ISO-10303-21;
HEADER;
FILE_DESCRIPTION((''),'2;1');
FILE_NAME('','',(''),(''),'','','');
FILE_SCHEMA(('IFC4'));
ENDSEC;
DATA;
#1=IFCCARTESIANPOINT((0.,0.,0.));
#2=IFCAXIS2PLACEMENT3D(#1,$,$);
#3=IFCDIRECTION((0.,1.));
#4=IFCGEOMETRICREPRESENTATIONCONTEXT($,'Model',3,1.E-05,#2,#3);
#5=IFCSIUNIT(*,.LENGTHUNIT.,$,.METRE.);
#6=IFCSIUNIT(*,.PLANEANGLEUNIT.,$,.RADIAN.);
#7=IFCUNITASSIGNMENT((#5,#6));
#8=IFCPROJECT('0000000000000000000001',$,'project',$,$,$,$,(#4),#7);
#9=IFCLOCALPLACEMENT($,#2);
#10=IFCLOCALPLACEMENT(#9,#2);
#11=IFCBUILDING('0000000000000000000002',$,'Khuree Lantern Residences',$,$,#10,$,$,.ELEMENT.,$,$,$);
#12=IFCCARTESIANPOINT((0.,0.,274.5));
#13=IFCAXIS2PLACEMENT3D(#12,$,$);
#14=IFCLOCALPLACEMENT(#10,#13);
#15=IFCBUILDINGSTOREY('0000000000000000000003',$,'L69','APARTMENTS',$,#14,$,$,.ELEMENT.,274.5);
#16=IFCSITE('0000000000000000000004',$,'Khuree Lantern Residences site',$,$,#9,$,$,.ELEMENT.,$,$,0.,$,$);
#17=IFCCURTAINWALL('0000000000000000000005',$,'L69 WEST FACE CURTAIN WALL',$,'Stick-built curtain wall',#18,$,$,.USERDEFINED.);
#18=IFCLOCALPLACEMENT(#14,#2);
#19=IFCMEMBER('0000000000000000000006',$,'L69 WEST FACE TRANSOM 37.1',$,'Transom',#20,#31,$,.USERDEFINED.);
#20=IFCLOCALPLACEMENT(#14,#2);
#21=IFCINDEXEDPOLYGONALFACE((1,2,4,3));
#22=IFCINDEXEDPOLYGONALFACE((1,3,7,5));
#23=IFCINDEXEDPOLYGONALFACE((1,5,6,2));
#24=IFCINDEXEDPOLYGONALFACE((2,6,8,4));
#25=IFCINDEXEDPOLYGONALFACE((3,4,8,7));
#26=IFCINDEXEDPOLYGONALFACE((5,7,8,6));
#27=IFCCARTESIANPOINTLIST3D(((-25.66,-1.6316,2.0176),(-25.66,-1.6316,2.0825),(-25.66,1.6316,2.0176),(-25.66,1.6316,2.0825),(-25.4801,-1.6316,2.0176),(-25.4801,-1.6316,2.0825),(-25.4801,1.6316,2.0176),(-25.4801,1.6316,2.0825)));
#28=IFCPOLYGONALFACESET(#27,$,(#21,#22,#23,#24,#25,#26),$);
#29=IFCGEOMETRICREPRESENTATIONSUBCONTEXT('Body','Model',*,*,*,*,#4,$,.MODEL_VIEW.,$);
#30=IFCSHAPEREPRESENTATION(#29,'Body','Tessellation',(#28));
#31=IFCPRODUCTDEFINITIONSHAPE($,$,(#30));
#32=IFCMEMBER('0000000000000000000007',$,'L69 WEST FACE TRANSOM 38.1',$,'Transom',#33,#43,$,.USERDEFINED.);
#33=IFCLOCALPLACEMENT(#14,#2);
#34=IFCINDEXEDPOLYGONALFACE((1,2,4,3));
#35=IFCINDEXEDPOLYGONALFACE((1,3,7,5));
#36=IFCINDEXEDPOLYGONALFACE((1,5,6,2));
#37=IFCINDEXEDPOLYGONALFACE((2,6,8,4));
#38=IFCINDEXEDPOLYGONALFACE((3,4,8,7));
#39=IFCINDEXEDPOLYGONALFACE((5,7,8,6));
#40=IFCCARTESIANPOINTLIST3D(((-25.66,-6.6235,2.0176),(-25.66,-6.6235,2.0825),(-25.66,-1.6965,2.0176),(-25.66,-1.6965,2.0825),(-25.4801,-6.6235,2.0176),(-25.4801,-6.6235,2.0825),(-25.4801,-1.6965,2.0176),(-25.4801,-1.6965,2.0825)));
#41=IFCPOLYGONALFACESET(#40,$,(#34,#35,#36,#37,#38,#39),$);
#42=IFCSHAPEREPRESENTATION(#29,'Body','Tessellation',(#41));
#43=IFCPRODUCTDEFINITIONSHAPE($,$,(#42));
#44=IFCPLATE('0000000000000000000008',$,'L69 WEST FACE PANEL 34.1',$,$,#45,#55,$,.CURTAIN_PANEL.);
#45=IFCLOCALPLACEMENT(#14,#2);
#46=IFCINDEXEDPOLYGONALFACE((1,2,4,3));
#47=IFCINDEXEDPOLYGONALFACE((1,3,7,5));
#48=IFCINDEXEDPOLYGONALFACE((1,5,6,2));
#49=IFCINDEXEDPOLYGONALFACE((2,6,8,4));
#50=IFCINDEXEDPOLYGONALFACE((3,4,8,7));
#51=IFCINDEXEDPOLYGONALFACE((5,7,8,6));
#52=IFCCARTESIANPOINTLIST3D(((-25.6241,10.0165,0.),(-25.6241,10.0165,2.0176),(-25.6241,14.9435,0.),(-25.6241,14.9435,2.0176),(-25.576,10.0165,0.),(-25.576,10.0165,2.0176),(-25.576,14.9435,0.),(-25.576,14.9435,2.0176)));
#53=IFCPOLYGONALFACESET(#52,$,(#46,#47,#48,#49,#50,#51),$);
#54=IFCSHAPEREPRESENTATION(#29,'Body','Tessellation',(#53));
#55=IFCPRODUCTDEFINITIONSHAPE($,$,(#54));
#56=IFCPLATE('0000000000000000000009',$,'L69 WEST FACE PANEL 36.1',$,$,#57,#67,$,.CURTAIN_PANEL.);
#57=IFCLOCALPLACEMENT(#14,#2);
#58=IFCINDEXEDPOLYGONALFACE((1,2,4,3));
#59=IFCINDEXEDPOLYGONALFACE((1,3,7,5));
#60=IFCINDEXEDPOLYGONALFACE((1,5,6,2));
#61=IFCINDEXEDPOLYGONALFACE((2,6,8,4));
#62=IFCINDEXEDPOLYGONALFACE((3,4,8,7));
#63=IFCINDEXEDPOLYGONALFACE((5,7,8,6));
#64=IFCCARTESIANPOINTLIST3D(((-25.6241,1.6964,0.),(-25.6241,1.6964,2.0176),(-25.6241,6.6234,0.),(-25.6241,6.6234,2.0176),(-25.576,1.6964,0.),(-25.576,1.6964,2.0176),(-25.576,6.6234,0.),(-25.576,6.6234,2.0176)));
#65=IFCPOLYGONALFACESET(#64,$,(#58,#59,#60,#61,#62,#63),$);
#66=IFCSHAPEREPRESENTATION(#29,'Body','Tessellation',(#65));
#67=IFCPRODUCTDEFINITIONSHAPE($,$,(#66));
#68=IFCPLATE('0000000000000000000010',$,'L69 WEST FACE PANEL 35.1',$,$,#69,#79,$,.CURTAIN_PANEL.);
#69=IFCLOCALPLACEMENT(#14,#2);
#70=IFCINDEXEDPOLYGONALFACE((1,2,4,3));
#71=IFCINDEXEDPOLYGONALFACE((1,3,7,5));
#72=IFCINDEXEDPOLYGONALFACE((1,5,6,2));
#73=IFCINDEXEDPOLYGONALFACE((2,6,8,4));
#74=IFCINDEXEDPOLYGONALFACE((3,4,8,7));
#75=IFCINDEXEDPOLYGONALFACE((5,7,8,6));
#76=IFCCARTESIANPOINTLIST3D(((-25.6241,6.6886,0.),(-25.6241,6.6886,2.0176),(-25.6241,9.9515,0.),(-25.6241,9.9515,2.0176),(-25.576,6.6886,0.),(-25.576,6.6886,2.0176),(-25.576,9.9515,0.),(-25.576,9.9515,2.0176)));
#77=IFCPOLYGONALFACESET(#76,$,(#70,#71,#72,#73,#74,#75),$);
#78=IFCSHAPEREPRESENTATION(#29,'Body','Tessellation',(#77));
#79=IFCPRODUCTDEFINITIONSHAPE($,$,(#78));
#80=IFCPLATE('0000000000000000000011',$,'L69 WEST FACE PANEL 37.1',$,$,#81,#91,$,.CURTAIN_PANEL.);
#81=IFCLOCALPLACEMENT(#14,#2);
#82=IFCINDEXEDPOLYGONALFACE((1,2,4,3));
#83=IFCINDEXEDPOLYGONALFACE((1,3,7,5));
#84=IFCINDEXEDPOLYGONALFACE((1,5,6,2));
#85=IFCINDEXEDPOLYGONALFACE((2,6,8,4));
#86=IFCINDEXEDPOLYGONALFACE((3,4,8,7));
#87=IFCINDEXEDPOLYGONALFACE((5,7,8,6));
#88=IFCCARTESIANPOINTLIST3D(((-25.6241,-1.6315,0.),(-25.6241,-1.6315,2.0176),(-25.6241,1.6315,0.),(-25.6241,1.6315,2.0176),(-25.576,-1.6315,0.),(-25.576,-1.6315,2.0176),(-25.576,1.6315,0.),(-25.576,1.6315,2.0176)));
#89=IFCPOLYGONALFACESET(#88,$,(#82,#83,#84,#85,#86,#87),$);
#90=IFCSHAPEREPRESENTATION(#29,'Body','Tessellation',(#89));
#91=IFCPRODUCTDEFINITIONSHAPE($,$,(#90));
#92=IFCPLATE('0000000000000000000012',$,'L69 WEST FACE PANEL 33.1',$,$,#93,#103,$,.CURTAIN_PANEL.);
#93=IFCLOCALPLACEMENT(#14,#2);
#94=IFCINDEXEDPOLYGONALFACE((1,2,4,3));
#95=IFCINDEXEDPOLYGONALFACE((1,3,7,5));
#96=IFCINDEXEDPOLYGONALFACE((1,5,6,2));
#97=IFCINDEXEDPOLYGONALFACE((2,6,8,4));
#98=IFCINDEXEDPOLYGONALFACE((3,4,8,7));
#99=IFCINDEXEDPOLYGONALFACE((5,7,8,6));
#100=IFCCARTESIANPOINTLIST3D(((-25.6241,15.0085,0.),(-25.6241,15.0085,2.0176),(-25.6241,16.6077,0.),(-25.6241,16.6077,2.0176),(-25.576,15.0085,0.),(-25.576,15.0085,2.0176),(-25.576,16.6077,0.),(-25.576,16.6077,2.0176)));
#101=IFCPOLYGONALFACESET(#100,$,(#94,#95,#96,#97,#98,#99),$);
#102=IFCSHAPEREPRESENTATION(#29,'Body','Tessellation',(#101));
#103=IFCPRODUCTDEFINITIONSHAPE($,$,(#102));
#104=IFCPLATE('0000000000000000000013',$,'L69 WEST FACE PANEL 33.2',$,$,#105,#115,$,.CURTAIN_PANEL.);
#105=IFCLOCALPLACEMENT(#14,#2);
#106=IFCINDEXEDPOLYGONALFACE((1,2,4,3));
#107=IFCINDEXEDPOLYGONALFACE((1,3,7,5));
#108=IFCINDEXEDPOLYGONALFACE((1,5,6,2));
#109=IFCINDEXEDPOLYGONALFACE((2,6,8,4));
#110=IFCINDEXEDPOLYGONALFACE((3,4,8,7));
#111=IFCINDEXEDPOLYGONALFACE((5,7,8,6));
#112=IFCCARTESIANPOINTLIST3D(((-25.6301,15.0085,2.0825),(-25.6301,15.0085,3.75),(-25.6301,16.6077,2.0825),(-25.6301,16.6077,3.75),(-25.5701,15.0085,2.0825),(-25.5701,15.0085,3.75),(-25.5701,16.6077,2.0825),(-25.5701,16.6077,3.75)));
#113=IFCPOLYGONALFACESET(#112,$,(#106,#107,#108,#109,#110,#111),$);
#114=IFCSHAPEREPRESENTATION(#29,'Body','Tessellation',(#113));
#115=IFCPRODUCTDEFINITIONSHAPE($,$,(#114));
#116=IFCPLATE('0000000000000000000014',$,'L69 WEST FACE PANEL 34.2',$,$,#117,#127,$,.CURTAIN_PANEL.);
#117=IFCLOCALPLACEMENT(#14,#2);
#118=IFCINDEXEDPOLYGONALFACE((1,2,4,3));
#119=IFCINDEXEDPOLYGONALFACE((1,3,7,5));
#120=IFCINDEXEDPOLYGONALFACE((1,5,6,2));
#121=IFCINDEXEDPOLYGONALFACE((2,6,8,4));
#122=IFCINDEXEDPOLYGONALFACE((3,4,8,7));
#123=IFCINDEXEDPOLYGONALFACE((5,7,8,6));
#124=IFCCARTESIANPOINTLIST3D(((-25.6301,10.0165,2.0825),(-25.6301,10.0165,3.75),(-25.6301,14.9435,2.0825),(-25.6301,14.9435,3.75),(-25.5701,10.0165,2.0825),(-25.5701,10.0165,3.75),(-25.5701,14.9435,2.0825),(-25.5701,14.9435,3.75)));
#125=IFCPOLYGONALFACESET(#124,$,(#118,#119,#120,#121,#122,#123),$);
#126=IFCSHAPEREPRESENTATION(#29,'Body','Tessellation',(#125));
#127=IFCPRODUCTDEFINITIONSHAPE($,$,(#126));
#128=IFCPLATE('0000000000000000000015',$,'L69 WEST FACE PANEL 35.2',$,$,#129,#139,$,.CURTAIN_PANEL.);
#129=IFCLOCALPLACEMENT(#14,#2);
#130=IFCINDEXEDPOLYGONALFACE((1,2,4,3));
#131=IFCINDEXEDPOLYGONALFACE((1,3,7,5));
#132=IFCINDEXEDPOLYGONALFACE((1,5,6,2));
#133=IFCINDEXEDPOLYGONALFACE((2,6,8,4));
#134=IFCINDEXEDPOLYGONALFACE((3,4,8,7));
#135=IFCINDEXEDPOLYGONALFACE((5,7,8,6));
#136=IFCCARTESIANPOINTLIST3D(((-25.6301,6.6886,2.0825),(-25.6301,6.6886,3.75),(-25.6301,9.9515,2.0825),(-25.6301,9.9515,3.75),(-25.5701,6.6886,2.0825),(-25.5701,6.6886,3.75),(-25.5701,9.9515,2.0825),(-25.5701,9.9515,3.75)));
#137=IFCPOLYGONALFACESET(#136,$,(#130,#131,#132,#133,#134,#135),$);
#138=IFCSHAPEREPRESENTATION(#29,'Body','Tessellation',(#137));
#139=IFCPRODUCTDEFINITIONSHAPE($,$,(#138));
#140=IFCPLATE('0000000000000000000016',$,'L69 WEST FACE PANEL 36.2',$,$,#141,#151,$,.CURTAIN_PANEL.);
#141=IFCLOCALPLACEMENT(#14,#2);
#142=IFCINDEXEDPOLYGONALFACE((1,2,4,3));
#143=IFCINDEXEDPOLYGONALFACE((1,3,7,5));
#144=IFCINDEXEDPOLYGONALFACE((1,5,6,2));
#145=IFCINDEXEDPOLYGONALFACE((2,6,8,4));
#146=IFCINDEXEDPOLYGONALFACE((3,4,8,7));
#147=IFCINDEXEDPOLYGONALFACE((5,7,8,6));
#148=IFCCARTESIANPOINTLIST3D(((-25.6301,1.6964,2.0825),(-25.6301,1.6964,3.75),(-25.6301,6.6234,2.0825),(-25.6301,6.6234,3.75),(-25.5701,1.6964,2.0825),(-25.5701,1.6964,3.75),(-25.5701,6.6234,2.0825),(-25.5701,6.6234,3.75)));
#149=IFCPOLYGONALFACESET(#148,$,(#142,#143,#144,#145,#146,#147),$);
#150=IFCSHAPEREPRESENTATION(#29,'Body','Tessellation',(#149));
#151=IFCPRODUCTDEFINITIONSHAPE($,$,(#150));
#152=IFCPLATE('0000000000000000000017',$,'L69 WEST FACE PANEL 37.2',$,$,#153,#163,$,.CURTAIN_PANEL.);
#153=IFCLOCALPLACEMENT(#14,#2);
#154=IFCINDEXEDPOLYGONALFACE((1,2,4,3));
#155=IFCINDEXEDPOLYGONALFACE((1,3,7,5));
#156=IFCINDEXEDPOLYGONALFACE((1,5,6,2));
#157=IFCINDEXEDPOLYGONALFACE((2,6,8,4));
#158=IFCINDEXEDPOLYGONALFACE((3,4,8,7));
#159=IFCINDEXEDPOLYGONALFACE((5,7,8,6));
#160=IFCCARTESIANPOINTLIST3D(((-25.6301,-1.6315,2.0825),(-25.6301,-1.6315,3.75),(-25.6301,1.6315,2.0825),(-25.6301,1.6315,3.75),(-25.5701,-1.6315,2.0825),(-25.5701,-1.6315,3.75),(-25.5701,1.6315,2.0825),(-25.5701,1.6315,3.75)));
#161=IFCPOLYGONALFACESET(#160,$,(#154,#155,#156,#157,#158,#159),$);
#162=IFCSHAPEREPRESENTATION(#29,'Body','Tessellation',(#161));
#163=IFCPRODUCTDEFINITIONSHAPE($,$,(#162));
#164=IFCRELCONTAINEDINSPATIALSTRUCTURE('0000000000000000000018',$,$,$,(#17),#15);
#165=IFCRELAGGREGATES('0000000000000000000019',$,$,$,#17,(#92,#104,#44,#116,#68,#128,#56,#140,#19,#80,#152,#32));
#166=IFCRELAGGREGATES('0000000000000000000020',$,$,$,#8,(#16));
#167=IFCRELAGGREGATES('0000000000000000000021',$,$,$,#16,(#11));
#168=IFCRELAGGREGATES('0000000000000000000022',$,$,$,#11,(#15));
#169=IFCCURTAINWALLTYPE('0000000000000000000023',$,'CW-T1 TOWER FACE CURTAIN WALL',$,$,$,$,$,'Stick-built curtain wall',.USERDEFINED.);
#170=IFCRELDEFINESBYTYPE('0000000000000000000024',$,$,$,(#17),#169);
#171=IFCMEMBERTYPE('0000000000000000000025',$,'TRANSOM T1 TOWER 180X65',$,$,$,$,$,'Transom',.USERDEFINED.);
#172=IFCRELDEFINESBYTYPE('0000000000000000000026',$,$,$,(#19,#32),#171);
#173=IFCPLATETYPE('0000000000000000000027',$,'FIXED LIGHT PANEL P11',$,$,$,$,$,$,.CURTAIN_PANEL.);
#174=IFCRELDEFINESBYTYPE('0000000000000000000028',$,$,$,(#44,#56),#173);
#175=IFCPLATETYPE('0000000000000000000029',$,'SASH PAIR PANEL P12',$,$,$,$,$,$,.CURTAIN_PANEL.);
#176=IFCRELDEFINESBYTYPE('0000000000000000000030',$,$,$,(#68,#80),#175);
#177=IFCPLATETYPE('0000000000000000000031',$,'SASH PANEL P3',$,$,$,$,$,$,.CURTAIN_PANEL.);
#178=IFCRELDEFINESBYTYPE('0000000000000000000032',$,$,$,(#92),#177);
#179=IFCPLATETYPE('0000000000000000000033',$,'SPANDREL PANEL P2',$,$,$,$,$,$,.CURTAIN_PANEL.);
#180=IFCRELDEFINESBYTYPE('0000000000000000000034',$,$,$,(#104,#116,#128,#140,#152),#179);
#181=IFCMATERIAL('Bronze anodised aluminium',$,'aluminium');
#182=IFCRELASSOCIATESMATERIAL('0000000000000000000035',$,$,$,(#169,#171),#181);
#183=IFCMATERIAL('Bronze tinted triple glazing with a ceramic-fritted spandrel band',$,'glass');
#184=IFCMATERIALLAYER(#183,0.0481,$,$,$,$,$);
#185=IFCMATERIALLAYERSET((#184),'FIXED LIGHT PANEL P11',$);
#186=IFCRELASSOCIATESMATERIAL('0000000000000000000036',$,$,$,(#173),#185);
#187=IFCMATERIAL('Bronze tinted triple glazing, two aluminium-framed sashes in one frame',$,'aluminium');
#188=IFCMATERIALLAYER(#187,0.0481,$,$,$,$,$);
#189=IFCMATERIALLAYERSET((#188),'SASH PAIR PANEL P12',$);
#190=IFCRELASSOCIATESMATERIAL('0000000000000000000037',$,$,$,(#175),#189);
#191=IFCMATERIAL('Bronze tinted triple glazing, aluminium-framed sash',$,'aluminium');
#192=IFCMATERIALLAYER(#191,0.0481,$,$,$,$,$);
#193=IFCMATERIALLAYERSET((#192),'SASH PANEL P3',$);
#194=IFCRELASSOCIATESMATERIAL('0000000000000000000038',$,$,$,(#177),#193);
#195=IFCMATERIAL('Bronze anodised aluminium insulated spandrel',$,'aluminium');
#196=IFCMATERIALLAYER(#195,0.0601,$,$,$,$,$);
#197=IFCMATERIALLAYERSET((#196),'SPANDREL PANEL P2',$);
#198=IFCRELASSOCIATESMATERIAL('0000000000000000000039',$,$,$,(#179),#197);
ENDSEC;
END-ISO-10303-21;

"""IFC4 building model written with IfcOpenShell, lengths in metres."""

from ifc_helpers import new_model, si_unit, direction, frame, origin, origin_2d, place, context, subcontext, project, spatial, rectangle, extrude, material, layer, layer_set, material_profile, profile_set, type_object, element, aggregate, save


model = new_model("IFC4")

# Units and contexts
model_context = context("Model", 3, precision=1e-05, world=origin(), true_north=direction((0.0, 1.0)))
body_context = subcontext(model_context, "Body", "Model", "MODEL_VIEW")
ifc_project = project(units=[si_unit("LENGTHUNIT", "METRE"), si_unit("PLANEANGLEUNIT", "RADIAN")], contexts=[model_context])

# Site, building, storey
site_placement = place(None, origin())
site = spatial("IfcSite", under=ifc_project, at=site_placement, Name="Khuree Lantern Residences site", CompositionType="ELEMENT", RefElevation=0.0)
building_placement = place(site_placement, origin())
building = spatial("IfcBuilding", under=site, at=building_placement, Name="Khuree Lantern Residences", CompositionType="ELEMENT")
storey_placement = place(building_placement, frame((0.0, 0.0, 274.5)))
storey = spatial("IfcBuildingStorey", under=building, at=storey_placement, Name="L69", Description="APARTMENTS", CompositionType="ELEMENT", Elevation=274.5)

# Curtain wall
ifc_material_1 = material(Name="Bronze anodised aluminium", Category="aluminium")
curtain_wall_type = type_object("IfcCurtainWallType", Name="CW-T1 TOWER FACE CURTAIN WALL", ElementType="Stick-built curtain wall", PredefinedType="USERDEFINED", material=ifc_material_1)
curtain_wall_placement = place(storey_placement, origin())
curtain_wall = element("IfcCurtainWall", 1, at=curtain_wall_placement, inside=storey, type_object=curtain_wall_type, Name="L69 WEST FACE CURTAIN WALL", ObjectType="Stick-built curtain wall", PredefinedType="USERDEFINED")

# Members
ifc_material_profile_1 = material_profile(ifc_material_1, rectangle(XDim=0.1799, YDim=0.0649, at=origin_2d()), Name="T1 180X65")
ifc_profile_set_1 = profile_set([ifc_material_profile_1], Name="Bronze anodised aluminium")
member_type_1 = type_object("IfcMemberType", Name="TRANSOM T1 TOWER 180X65", ElementType="Transom", PredefinedType="USERDEFINED", material=ifc_profile_set_1)
member_1_placement = place(storey_placement, frame((-25.5701, 1.6316, 2.05), z_axis=(0.0, -1.0, 0.0), x_axis=(1.0, 0.0, 0.0)))
member_1 = element("IfcMember", 2, at=member_1_placement, type_object=member_type_1, Name="L69 WEST FACE TRANSOM 37.1", ObjectType="Transom", PredefinedType="USERDEFINED", context=body_context, shape_type="SweptSolid", body=[
    extrude(rectangle(XDim=0.1799, YDim=0.0649, at=origin_2d()), origin(), (0.0, 0.0, 1.0), 3.2632),
])
member_2_placement = place(storey_placement, frame((-25.5701, -1.6965, 2.05), z_axis=(0.0, -1.0, 0.0), x_axis=(1.0, 0.0, 0.0)))
member_2 = element("IfcMember", 3, at=member_2_placement, type_object=member_type_1, Name="L69 WEST FACE TRANSOM 38.1", ObjectType="Transom", PredefinedType="USERDEFINED", context=body_context, shape_type="SweptSolid", body=[
    extrude(rectangle(XDim=0.1799, YDim=0.0649, at=origin_2d()), origin(), (0.0, 0.0, 1.0), 4.927),
])

# Plates
ifc_material_2 = material(Name="Bronze tinted triple glazing with a ceramic-fritted spandrel band", Category="glass")
ifc_layer_1 = layer(ifc_material_2, 0.0481)
ifc_layer_set_1 = layer_set([ifc_layer_1], Name="FIXED LIGHT PANEL P11")
plate_type_1 = type_object("IfcPlateType", Name="FIXED LIGHT PANEL P11", PredefinedType="CURTAIN_PANEL", material=ifc_layer_set_1)
plate_1_placement = place(storey_placement, frame((-25.6001, 12.48, 0.0), z_axis=(0.0, 0.0, 1.0), x_axis=(0.0, -1.0, 0.0)))
plate_1 = element("IfcPlate", 4, at=plate_1_placement, type_object=plate_type_1, Name="L69 WEST FACE PANEL 34.1", PredefinedType="CURTAIN_PANEL", context=body_context, shape_type="SweptSolid", body=[
    extrude(rectangle(XDim=4.927, YDim=0.0481, at=origin_2d()), origin(), (0.0, 0.0, 1.0), 2.0176),
])
plate_2_placement = place(storey_placement, frame((-25.6001, 4.1599, 0.0), z_axis=(0.0, 0.0, 1.0), x_axis=(0.0, -1.0, 0.0)))
plate_2 = element("IfcPlate", 5, at=plate_2_placement, type_object=plate_type_1, Name="L69 WEST FACE PANEL 36.1", PredefinedType="CURTAIN_PANEL", context=body_context, shape_type="SweptSolid", body=[
    extrude(rectangle(XDim=4.927, YDim=0.0481, at=origin_2d()), origin(), (0.0, 0.0, 1.0), 2.0176),
])
ifc_material_3 = material(Name="Bronze tinted triple glazing, two aluminium-framed sashes in one frame", Category="aluminium")
ifc_layer_2 = layer(ifc_material_3, 0.0481)
ifc_layer_set_2 = layer_set([ifc_layer_2], Name="SASH PAIR PANEL P12")
plate_type_2 = type_object("IfcPlateType", Name="SASH PAIR PANEL P12", PredefinedType="CURTAIN_PANEL", material=ifc_layer_set_2)
plate_3_placement = place(storey_placement, frame((-25.6001, 8.3201, 0.0), z_axis=(0.0, 0.0, 1.0), x_axis=(0.0, -1.0, 0.0)))
plate_3 = element("IfcPlate", 6, at=plate_3_placement, type_object=plate_type_2, Name="L69 WEST FACE PANEL 35.1", PredefinedType="CURTAIN_PANEL", context=body_context, shape_type="SweptSolid", body=[
    extrude(rectangle(XDim=3.2629, YDim=0.0481, at=origin_2d()), origin(), (0.0, 0.0, 1.0), 2.0176),
])
plate_4_placement = place(storey_placement, frame((-25.6001, 0.0, 0.0), z_axis=(0.0, 0.0, 1.0), x_axis=(0.0, -1.0, 0.0)))
plate_4 = element("IfcPlate", 7, at=plate_4_placement, type_object=plate_type_2, Name="L69 WEST FACE PANEL 37.1", PredefinedType="CURTAIN_PANEL", context=body_context, shape_type="SweptSolid", body=[
    extrude(rectangle(XDim=3.2629, YDim=0.0481, at=origin_2d()), origin(), (0.0, 0.0, 1.0), 2.0176),
])
ifc_material_4 = material(Name="Bronze tinted triple glazing, aluminium-framed sash", Category="aluminium")
ifc_layer_3 = layer(ifc_material_4, 0.0481)
ifc_layer_set_3 = layer_set([ifc_layer_3], Name="SASH PANEL P3")
plate_type_3 = type_object("IfcPlateType", Name="SASH PANEL P3", PredefinedType="CURTAIN_PANEL", material=ifc_layer_set_3)
plate_5_placement = place(storey_placement, frame((-25.6001, 15.8081, 0.0), z_axis=(0.0, 0.0, 1.0), x_axis=(0.0, -1.0, 0.0)))
plate_5 = element("IfcPlate", 8, at=plate_5_placement, type_object=plate_type_3, Name="L69 WEST FACE PANEL 33.1", PredefinedType="CURTAIN_PANEL", context=body_context, shape_type="SweptSolid", body=[
    extrude(rectangle(XDim=1.5991, YDim=0.0481, at=origin_2d()), origin(), (0.0, 0.0, 1.0), 2.0176),
])
ifc_material_5 = material(Name="Bronze anodised aluminium insulated spandrel", Category="aluminium")
ifc_layer_4 = layer(ifc_material_5, 0.0601)
ifc_layer_set_4 = layer_set([ifc_layer_4], Name="SPANDREL PANEL P2")
plate_type_4 = type_object("IfcPlateType", Name="SPANDREL PANEL P2", PredefinedType="CURTAIN_PANEL", material=ifc_layer_set_4)
plate_6_placement = place(storey_placement, frame((-25.6001, 15.8081, 2.0825), z_axis=(0.0, 0.0, 1.0), x_axis=(0.0, -1.0, 0.0)))
plate_6 = element("IfcPlate", 9, at=plate_6_placement, type_object=plate_type_4, Name="L69 WEST FACE PANEL 33.2", PredefinedType="CURTAIN_PANEL", context=body_context, shape_type="SweptSolid", body=[
    extrude(rectangle(XDim=1.5991, YDim=0.0601, at=origin_2d()), origin(), (0.0, 0.0, 1.0), 1.6675),
])
plate_7_placement = place(storey_placement, frame((-25.6001, 12.48, 2.0825), z_axis=(0.0, 0.0, 1.0), x_axis=(0.0, -1.0, 0.0)))
plate_7 = element("IfcPlate", 10, at=plate_7_placement, type_object=plate_type_4, Name="L69 WEST FACE PANEL 34.2", PredefinedType="CURTAIN_PANEL", context=body_context, shape_type="SweptSolid", body=[
    extrude(rectangle(XDim=4.927, YDim=0.0601, at=origin_2d()), origin(), (0.0, 0.0, 1.0), 1.6675),
])
plate_8_placement = place(storey_placement, frame((-25.6001, 8.3201, 2.0825), z_axis=(0.0, 0.0, 1.0), x_axis=(0.0, -1.0, 0.0)))
plate_8 = element("IfcPlate", 11, at=plate_8_placement, type_object=plate_type_4, Name="L69 WEST FACE PANEL 35.2", PredefinedType="CURTAIN_PANEL", context=body_context, shape_type="SweptSolid", body=[
    extrude(rectangle(XDim=3.2629, YDim=0.0601, at=origin_2d()), origin(), (0.0, 0.0, 1.0), 1.6675),
])
plate_9_placement = place(storey_placement, frame((-25.6001, 4.1599, 2.0825), z_axis=(0.0, 0.0, 1.0), x_axis=(0.0, -1.0, 0.0)))
plate_9 = element("IfcPlate", 12, at=plate_9_placement, type_object=plate_type_4, Name="L69 WEST FACE PANEL 36.2", PredefinedType="CURTAIN_PANEL", context=body_context, shape_type="SweptSolid", body=[
    extrude(rectangle(XDim=4.927, YDim=0.0601, at=origin_2d()), origin(), (0.0, 0.0, 1.0), 1.6675),
])
plate_10_placement = place(storey_placement, frame((-25.6001, 0.0, 2.0825), z_axis=(0.0, 0.0, 1.0), x_axis=(0.0, -1.0, 0.0)))
plate_10 = element("IfcPlate", 13, at=plate_10_placement, type_object=plate_type_4, Name="L69 WEST FACE PANEL 37.2", PredefinedType="CURTAIN_PANEL", context=body_context, shape_type="SweptSolid", body=[
    extrude(rectangle(XDim=3.2629, YDim=0.0601, at=origin_2d()), origin(), (0.0, 0.0, 1.0), 1.6675),
])
aggregate(curtain_wall, [plate_5, plate_6, plate_1, plate_7, plate_3, plate_8, plate_2, plate_9, member_1, plate_4, plate_10, member_2])

save(model, "model.ifc")
